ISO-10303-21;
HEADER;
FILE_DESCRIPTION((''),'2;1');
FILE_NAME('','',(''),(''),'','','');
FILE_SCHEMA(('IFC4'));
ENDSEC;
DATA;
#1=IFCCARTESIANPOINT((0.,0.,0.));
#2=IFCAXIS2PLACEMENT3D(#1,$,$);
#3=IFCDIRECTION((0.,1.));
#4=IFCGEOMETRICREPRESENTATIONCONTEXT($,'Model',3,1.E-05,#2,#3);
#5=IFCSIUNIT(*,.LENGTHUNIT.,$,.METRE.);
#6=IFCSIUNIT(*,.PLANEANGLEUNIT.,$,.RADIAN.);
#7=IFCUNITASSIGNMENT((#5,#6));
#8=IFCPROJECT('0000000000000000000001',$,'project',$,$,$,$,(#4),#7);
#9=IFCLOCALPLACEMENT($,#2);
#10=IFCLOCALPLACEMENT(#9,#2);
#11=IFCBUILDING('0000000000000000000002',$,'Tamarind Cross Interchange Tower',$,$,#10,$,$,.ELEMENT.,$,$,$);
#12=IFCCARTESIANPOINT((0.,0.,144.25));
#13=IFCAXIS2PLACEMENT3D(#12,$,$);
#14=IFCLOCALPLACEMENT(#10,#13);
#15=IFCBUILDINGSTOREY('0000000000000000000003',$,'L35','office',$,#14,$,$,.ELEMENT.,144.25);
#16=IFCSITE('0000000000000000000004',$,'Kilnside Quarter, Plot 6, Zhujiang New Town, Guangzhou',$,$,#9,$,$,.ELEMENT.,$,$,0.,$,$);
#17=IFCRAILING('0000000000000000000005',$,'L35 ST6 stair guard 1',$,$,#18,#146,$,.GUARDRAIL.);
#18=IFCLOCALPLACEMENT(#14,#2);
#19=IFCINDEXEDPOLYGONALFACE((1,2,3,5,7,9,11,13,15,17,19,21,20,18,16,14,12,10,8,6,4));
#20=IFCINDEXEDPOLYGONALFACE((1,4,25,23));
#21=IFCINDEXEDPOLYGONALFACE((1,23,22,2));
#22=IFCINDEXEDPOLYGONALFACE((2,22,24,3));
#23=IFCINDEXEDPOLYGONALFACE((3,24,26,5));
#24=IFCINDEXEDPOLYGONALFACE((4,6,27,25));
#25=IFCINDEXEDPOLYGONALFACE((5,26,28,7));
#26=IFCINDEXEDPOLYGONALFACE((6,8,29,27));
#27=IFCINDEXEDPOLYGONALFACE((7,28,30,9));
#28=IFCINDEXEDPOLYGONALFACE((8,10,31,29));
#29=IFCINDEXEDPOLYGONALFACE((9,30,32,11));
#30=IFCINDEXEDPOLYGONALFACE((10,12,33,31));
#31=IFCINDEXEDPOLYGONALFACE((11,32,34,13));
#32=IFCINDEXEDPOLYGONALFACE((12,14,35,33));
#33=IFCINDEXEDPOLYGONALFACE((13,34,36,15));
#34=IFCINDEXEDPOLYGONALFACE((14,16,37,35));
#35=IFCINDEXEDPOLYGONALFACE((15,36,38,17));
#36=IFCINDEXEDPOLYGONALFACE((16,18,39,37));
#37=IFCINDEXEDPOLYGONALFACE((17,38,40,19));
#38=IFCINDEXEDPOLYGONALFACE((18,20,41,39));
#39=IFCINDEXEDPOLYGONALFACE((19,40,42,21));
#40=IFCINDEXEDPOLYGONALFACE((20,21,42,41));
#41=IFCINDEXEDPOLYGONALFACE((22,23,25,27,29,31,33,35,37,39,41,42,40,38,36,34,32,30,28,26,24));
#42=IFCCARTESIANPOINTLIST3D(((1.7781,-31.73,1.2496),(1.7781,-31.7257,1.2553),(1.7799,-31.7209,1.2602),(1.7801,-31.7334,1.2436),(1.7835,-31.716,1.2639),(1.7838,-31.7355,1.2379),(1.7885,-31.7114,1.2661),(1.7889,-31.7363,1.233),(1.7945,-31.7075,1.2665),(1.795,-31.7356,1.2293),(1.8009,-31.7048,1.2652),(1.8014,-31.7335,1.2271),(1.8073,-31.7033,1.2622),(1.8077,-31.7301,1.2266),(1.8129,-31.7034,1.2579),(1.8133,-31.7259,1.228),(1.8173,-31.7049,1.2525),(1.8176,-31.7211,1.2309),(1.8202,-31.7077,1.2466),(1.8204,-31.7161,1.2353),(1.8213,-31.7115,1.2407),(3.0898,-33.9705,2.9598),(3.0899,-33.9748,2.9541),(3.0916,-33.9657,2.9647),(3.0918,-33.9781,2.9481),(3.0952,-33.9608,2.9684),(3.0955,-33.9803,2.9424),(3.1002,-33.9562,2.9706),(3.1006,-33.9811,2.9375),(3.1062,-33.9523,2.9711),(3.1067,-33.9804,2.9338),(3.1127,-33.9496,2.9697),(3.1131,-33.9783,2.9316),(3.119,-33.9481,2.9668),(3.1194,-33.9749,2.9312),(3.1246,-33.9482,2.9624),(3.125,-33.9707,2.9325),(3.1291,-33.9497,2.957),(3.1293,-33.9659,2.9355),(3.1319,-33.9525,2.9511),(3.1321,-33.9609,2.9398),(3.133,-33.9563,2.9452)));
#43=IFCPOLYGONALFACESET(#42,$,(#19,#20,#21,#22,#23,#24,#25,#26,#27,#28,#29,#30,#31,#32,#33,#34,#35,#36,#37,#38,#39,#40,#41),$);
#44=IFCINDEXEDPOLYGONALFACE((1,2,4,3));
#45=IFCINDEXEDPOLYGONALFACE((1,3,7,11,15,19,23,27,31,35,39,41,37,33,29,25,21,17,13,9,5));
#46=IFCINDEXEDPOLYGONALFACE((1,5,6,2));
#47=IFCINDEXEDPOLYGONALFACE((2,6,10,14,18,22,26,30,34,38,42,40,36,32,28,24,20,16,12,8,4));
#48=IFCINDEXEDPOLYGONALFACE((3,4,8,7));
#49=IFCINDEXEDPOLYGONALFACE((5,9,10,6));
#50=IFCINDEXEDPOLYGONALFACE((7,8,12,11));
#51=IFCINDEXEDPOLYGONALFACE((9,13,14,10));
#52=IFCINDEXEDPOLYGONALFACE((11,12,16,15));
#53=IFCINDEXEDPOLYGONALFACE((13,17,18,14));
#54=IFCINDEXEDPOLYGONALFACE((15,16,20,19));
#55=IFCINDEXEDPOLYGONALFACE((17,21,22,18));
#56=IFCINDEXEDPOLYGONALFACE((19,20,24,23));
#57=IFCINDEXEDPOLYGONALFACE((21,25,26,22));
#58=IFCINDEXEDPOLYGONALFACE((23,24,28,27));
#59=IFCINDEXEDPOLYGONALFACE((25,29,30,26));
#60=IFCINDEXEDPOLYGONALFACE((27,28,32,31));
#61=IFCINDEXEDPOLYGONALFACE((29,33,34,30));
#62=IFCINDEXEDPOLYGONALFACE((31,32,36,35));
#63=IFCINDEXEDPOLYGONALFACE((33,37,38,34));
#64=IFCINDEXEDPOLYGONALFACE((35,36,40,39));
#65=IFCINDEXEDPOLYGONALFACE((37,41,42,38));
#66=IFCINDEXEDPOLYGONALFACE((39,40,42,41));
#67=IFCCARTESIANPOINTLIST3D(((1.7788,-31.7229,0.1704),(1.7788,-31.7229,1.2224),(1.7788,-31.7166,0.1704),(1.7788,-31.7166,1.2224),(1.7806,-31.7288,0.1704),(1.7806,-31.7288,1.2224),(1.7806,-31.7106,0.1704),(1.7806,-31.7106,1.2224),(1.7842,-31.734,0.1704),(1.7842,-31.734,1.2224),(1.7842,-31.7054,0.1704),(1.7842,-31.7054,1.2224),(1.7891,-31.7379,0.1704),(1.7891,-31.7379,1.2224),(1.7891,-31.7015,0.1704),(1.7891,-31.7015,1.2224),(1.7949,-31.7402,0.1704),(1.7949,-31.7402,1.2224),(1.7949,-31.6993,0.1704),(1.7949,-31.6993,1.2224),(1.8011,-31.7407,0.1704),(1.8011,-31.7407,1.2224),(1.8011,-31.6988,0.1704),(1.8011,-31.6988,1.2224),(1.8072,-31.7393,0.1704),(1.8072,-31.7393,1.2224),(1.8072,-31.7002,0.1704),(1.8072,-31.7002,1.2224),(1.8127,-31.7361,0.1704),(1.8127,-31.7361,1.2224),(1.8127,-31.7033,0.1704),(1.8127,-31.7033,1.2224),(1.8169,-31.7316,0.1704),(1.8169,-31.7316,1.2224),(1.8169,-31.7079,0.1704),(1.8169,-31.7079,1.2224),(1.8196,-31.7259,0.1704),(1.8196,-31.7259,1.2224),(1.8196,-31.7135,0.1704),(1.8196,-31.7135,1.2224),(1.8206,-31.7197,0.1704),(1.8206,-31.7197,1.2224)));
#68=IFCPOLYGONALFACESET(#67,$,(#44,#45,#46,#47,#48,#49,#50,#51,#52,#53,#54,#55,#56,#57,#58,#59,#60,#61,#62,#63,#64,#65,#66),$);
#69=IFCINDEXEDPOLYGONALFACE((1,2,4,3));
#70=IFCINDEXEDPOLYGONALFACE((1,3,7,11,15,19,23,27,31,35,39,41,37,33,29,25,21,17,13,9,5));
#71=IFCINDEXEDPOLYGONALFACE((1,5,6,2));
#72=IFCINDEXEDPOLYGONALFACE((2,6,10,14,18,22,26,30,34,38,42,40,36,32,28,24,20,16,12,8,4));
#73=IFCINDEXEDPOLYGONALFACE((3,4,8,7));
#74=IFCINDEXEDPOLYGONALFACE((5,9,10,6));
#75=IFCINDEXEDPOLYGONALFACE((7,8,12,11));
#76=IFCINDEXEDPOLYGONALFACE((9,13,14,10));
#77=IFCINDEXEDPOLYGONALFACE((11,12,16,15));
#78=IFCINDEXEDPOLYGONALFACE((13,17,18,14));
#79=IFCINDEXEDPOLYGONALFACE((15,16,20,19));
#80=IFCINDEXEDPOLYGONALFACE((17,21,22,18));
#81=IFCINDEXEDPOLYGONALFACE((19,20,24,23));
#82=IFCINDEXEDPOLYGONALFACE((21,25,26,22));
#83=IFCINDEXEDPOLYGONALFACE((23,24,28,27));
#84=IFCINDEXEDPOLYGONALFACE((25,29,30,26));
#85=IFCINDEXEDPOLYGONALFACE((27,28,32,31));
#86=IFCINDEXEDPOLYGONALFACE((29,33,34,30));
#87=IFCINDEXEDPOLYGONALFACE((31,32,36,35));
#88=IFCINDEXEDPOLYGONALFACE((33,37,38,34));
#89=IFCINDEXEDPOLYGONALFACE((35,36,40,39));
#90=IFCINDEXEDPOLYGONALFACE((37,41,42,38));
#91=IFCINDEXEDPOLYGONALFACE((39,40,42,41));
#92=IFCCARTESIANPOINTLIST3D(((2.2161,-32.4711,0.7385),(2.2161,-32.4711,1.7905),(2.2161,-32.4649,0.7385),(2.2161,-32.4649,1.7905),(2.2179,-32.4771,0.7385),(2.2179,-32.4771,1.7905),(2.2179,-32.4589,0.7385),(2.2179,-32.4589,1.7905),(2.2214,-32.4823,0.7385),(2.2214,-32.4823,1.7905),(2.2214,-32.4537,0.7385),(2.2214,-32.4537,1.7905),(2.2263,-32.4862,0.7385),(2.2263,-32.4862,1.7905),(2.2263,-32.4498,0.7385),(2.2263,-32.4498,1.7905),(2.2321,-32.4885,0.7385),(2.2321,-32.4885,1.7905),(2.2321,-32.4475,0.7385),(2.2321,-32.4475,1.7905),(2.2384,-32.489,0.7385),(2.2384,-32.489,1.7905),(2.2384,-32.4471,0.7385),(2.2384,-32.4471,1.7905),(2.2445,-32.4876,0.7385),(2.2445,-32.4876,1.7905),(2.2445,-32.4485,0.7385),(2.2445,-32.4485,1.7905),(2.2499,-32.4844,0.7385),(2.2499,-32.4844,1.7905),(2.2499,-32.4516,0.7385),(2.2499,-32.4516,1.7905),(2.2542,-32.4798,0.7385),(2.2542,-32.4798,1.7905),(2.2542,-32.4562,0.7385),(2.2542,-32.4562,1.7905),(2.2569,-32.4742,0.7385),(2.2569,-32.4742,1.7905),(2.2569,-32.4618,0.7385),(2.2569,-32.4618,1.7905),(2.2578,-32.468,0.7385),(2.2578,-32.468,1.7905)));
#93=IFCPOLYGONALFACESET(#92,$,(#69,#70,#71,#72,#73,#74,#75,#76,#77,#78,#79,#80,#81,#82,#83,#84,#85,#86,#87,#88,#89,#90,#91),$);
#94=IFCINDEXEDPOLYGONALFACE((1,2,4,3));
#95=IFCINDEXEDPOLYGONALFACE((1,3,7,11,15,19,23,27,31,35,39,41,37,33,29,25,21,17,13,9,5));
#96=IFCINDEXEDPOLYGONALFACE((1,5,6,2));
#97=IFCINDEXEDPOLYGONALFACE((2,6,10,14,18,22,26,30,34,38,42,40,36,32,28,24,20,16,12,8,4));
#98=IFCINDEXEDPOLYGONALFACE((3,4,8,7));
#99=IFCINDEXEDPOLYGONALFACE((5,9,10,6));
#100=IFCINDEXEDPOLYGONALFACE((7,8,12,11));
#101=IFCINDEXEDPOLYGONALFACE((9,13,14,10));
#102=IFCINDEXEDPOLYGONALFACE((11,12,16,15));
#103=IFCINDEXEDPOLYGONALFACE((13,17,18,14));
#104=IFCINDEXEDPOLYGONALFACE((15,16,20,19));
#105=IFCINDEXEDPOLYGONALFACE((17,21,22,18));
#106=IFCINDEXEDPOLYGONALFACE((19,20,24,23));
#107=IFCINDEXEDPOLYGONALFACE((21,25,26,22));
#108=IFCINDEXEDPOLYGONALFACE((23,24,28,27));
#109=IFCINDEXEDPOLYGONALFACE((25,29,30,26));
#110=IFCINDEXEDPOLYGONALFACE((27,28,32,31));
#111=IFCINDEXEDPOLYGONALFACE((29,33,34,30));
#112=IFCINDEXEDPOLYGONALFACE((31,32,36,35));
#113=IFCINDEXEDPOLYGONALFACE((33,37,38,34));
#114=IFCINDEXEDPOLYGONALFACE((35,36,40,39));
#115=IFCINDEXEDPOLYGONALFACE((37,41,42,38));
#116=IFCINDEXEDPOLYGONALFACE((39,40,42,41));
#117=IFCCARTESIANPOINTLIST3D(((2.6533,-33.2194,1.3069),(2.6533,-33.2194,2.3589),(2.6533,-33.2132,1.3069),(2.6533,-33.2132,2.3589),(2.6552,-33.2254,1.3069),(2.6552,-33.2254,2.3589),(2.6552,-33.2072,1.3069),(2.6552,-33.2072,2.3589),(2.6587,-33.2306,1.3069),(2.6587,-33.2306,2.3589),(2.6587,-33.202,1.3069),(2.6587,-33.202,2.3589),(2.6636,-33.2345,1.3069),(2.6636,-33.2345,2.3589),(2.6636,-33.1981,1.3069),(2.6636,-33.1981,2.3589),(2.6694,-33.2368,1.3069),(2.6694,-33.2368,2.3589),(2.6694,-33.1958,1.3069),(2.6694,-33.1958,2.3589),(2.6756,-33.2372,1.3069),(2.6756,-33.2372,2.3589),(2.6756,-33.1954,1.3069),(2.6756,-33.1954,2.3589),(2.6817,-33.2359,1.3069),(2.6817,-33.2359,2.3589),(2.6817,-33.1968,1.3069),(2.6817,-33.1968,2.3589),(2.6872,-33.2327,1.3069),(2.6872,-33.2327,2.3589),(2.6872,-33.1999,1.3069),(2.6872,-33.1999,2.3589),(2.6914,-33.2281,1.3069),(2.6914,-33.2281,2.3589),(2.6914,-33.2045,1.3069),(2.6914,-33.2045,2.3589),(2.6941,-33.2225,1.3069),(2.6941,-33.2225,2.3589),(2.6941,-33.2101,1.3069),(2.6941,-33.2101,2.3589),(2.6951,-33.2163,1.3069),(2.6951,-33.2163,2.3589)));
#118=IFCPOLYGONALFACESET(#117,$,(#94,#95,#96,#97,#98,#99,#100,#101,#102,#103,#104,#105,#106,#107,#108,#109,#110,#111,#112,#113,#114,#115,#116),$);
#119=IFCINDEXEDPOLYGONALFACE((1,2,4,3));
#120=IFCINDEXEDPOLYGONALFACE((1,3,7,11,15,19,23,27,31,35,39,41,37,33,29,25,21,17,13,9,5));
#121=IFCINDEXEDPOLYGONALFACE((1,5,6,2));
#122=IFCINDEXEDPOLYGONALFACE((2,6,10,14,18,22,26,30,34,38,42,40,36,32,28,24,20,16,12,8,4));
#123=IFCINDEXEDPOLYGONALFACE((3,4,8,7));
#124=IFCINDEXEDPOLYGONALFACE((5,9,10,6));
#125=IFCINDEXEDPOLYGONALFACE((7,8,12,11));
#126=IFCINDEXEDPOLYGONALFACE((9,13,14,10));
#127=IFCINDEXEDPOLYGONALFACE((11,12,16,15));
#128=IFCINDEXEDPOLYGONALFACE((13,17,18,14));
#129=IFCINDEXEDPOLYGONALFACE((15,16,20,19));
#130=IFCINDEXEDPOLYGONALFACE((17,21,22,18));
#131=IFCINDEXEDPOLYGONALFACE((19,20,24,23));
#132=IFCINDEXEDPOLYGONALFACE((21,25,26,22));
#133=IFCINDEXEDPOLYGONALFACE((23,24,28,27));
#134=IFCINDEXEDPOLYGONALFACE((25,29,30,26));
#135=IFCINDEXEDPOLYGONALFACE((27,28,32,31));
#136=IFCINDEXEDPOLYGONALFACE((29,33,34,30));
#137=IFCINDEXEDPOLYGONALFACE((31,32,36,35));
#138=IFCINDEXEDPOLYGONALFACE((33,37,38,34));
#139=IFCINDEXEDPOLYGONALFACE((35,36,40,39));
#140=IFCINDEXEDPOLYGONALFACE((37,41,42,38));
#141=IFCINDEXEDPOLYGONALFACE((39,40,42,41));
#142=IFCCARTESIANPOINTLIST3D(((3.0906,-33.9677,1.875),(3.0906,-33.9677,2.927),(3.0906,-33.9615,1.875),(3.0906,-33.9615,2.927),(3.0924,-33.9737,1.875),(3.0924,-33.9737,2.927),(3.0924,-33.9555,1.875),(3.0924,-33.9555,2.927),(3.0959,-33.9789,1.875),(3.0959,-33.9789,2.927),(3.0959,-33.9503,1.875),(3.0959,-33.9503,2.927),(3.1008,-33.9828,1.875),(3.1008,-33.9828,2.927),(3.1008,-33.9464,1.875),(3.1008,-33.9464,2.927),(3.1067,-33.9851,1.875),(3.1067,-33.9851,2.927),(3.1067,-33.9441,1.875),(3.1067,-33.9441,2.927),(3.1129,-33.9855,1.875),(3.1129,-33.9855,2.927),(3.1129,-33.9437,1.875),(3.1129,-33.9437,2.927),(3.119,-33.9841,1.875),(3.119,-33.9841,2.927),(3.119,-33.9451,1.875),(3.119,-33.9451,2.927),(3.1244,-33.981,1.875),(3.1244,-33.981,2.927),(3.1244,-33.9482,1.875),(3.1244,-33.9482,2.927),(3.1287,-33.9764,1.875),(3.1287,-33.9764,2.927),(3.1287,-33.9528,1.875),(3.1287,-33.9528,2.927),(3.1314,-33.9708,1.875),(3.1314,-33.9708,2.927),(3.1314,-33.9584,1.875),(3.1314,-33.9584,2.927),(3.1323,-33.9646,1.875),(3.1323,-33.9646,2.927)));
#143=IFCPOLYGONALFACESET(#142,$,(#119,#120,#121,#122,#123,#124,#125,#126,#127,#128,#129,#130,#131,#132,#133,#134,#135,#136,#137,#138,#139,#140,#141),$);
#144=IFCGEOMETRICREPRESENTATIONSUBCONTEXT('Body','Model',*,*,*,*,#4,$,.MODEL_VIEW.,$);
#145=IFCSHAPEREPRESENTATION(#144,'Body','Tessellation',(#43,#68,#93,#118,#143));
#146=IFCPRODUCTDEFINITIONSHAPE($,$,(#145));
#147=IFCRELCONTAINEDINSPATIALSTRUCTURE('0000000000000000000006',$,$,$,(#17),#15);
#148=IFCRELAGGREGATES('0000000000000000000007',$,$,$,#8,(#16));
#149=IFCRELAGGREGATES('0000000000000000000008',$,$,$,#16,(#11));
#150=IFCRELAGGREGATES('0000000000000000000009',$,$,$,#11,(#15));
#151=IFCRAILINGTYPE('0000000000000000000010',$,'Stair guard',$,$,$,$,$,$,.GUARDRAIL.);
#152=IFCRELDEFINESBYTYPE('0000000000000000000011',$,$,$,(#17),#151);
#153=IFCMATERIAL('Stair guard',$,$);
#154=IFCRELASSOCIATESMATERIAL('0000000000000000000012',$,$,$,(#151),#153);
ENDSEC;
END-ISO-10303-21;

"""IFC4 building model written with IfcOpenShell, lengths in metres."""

from ifc_helpers import new_model, si_unit, direction, frame, origin, origin_2d, place, context, subcontext, project, spatial, circle, extrude, material, type_object, element, save


model = new_model("IFC4")

# Units and contexts
model_context = context("Model", 3, precision=1e-05, world=origin(), true_north=direction((0.0, 1.0)))
body_context = subcontext(model_context, "Body", "Model", "MODEL_VIEW")
ifc_project = project(units=[si_unit("LENGTHUNIT", "METRE"), si_unit("PLANEANGLEUNIT", "RADIAN")], contexts=[model_context])

# Site, building, storey
site_placement = place(None, origin())
site = spatial("IfcSite", under=ifc_project, at=site_placement, Name="Kilnside Quarter, Plot 6, Zhujiang New Town, Guangzhou", CompositionType="ELEMENT", RefElevation=0.0)
building_placement = place(site_placement, origin())
building = spatial("IfcBuilding", under=site, at=building_placement, Name="Tamarind Cross Interchange Tower", CompositionType="ELEMENT")
storey_placement = place(building_placement, frame((0.0, 0.0, 144.25)))
storey = spatial("IfcBuildingStorey", under=building, at=storey_placement, Name="L35", Description="office", CompositionType="ELEMENT", Elevation=144.25)

# Railing
ifc_material_1 = material(Name="Stair guard")
railing_type_1 = type_object("IfcRailingType", Name="Stair guard", PredefinedType="GUARDRAIL", material=ifc_material_1)
railing_1_placement = place(storey_placement, frame((1.7996, -31.7197, 0.1704)))
element("IfcRailing", 1, at=railing_1_placement, inside=storey, type_object=railing_type_1, Name="L35 ST6 stair guard 1", PredefinedType="GUARDRAIL", context=body_context, shape_type="SweptSolid", body=[
    extrude(circle(Radius=0.0239, at=origin_2d()), frame((0.0, 0.0, 1.0762), z_axis=(0.421927, -0.722059, 0.548278), x_axis=(0.863401, 0.504519, 0.0)), (0.0, 0.0, 1.0), 3.1089),
    extrude(circle(Radius=0.021, at=origin_2d()), origin(), (0.0, 0.0, 1.0), 1.052),
    extrude(circle(Radius=0.021, at=origin_2d()), frame((0.4373, -0.7483, 0.5681)), (0.0, 0.0, 1.0), 1.052),
    extrude(circle(Radius=0.021, at=origin_2d()), frame((0.8745, -1.4966, 1.1365)), (0.0, 0.0, 1.0), 1.052),
    extrude(circle(Radius=0.021, at=origin_2d()), frame((1.3118, -2.2449, 1.7046)), (0.0, 0.0, 1.0), 1.052),
])

save(model, "model.ifc")
